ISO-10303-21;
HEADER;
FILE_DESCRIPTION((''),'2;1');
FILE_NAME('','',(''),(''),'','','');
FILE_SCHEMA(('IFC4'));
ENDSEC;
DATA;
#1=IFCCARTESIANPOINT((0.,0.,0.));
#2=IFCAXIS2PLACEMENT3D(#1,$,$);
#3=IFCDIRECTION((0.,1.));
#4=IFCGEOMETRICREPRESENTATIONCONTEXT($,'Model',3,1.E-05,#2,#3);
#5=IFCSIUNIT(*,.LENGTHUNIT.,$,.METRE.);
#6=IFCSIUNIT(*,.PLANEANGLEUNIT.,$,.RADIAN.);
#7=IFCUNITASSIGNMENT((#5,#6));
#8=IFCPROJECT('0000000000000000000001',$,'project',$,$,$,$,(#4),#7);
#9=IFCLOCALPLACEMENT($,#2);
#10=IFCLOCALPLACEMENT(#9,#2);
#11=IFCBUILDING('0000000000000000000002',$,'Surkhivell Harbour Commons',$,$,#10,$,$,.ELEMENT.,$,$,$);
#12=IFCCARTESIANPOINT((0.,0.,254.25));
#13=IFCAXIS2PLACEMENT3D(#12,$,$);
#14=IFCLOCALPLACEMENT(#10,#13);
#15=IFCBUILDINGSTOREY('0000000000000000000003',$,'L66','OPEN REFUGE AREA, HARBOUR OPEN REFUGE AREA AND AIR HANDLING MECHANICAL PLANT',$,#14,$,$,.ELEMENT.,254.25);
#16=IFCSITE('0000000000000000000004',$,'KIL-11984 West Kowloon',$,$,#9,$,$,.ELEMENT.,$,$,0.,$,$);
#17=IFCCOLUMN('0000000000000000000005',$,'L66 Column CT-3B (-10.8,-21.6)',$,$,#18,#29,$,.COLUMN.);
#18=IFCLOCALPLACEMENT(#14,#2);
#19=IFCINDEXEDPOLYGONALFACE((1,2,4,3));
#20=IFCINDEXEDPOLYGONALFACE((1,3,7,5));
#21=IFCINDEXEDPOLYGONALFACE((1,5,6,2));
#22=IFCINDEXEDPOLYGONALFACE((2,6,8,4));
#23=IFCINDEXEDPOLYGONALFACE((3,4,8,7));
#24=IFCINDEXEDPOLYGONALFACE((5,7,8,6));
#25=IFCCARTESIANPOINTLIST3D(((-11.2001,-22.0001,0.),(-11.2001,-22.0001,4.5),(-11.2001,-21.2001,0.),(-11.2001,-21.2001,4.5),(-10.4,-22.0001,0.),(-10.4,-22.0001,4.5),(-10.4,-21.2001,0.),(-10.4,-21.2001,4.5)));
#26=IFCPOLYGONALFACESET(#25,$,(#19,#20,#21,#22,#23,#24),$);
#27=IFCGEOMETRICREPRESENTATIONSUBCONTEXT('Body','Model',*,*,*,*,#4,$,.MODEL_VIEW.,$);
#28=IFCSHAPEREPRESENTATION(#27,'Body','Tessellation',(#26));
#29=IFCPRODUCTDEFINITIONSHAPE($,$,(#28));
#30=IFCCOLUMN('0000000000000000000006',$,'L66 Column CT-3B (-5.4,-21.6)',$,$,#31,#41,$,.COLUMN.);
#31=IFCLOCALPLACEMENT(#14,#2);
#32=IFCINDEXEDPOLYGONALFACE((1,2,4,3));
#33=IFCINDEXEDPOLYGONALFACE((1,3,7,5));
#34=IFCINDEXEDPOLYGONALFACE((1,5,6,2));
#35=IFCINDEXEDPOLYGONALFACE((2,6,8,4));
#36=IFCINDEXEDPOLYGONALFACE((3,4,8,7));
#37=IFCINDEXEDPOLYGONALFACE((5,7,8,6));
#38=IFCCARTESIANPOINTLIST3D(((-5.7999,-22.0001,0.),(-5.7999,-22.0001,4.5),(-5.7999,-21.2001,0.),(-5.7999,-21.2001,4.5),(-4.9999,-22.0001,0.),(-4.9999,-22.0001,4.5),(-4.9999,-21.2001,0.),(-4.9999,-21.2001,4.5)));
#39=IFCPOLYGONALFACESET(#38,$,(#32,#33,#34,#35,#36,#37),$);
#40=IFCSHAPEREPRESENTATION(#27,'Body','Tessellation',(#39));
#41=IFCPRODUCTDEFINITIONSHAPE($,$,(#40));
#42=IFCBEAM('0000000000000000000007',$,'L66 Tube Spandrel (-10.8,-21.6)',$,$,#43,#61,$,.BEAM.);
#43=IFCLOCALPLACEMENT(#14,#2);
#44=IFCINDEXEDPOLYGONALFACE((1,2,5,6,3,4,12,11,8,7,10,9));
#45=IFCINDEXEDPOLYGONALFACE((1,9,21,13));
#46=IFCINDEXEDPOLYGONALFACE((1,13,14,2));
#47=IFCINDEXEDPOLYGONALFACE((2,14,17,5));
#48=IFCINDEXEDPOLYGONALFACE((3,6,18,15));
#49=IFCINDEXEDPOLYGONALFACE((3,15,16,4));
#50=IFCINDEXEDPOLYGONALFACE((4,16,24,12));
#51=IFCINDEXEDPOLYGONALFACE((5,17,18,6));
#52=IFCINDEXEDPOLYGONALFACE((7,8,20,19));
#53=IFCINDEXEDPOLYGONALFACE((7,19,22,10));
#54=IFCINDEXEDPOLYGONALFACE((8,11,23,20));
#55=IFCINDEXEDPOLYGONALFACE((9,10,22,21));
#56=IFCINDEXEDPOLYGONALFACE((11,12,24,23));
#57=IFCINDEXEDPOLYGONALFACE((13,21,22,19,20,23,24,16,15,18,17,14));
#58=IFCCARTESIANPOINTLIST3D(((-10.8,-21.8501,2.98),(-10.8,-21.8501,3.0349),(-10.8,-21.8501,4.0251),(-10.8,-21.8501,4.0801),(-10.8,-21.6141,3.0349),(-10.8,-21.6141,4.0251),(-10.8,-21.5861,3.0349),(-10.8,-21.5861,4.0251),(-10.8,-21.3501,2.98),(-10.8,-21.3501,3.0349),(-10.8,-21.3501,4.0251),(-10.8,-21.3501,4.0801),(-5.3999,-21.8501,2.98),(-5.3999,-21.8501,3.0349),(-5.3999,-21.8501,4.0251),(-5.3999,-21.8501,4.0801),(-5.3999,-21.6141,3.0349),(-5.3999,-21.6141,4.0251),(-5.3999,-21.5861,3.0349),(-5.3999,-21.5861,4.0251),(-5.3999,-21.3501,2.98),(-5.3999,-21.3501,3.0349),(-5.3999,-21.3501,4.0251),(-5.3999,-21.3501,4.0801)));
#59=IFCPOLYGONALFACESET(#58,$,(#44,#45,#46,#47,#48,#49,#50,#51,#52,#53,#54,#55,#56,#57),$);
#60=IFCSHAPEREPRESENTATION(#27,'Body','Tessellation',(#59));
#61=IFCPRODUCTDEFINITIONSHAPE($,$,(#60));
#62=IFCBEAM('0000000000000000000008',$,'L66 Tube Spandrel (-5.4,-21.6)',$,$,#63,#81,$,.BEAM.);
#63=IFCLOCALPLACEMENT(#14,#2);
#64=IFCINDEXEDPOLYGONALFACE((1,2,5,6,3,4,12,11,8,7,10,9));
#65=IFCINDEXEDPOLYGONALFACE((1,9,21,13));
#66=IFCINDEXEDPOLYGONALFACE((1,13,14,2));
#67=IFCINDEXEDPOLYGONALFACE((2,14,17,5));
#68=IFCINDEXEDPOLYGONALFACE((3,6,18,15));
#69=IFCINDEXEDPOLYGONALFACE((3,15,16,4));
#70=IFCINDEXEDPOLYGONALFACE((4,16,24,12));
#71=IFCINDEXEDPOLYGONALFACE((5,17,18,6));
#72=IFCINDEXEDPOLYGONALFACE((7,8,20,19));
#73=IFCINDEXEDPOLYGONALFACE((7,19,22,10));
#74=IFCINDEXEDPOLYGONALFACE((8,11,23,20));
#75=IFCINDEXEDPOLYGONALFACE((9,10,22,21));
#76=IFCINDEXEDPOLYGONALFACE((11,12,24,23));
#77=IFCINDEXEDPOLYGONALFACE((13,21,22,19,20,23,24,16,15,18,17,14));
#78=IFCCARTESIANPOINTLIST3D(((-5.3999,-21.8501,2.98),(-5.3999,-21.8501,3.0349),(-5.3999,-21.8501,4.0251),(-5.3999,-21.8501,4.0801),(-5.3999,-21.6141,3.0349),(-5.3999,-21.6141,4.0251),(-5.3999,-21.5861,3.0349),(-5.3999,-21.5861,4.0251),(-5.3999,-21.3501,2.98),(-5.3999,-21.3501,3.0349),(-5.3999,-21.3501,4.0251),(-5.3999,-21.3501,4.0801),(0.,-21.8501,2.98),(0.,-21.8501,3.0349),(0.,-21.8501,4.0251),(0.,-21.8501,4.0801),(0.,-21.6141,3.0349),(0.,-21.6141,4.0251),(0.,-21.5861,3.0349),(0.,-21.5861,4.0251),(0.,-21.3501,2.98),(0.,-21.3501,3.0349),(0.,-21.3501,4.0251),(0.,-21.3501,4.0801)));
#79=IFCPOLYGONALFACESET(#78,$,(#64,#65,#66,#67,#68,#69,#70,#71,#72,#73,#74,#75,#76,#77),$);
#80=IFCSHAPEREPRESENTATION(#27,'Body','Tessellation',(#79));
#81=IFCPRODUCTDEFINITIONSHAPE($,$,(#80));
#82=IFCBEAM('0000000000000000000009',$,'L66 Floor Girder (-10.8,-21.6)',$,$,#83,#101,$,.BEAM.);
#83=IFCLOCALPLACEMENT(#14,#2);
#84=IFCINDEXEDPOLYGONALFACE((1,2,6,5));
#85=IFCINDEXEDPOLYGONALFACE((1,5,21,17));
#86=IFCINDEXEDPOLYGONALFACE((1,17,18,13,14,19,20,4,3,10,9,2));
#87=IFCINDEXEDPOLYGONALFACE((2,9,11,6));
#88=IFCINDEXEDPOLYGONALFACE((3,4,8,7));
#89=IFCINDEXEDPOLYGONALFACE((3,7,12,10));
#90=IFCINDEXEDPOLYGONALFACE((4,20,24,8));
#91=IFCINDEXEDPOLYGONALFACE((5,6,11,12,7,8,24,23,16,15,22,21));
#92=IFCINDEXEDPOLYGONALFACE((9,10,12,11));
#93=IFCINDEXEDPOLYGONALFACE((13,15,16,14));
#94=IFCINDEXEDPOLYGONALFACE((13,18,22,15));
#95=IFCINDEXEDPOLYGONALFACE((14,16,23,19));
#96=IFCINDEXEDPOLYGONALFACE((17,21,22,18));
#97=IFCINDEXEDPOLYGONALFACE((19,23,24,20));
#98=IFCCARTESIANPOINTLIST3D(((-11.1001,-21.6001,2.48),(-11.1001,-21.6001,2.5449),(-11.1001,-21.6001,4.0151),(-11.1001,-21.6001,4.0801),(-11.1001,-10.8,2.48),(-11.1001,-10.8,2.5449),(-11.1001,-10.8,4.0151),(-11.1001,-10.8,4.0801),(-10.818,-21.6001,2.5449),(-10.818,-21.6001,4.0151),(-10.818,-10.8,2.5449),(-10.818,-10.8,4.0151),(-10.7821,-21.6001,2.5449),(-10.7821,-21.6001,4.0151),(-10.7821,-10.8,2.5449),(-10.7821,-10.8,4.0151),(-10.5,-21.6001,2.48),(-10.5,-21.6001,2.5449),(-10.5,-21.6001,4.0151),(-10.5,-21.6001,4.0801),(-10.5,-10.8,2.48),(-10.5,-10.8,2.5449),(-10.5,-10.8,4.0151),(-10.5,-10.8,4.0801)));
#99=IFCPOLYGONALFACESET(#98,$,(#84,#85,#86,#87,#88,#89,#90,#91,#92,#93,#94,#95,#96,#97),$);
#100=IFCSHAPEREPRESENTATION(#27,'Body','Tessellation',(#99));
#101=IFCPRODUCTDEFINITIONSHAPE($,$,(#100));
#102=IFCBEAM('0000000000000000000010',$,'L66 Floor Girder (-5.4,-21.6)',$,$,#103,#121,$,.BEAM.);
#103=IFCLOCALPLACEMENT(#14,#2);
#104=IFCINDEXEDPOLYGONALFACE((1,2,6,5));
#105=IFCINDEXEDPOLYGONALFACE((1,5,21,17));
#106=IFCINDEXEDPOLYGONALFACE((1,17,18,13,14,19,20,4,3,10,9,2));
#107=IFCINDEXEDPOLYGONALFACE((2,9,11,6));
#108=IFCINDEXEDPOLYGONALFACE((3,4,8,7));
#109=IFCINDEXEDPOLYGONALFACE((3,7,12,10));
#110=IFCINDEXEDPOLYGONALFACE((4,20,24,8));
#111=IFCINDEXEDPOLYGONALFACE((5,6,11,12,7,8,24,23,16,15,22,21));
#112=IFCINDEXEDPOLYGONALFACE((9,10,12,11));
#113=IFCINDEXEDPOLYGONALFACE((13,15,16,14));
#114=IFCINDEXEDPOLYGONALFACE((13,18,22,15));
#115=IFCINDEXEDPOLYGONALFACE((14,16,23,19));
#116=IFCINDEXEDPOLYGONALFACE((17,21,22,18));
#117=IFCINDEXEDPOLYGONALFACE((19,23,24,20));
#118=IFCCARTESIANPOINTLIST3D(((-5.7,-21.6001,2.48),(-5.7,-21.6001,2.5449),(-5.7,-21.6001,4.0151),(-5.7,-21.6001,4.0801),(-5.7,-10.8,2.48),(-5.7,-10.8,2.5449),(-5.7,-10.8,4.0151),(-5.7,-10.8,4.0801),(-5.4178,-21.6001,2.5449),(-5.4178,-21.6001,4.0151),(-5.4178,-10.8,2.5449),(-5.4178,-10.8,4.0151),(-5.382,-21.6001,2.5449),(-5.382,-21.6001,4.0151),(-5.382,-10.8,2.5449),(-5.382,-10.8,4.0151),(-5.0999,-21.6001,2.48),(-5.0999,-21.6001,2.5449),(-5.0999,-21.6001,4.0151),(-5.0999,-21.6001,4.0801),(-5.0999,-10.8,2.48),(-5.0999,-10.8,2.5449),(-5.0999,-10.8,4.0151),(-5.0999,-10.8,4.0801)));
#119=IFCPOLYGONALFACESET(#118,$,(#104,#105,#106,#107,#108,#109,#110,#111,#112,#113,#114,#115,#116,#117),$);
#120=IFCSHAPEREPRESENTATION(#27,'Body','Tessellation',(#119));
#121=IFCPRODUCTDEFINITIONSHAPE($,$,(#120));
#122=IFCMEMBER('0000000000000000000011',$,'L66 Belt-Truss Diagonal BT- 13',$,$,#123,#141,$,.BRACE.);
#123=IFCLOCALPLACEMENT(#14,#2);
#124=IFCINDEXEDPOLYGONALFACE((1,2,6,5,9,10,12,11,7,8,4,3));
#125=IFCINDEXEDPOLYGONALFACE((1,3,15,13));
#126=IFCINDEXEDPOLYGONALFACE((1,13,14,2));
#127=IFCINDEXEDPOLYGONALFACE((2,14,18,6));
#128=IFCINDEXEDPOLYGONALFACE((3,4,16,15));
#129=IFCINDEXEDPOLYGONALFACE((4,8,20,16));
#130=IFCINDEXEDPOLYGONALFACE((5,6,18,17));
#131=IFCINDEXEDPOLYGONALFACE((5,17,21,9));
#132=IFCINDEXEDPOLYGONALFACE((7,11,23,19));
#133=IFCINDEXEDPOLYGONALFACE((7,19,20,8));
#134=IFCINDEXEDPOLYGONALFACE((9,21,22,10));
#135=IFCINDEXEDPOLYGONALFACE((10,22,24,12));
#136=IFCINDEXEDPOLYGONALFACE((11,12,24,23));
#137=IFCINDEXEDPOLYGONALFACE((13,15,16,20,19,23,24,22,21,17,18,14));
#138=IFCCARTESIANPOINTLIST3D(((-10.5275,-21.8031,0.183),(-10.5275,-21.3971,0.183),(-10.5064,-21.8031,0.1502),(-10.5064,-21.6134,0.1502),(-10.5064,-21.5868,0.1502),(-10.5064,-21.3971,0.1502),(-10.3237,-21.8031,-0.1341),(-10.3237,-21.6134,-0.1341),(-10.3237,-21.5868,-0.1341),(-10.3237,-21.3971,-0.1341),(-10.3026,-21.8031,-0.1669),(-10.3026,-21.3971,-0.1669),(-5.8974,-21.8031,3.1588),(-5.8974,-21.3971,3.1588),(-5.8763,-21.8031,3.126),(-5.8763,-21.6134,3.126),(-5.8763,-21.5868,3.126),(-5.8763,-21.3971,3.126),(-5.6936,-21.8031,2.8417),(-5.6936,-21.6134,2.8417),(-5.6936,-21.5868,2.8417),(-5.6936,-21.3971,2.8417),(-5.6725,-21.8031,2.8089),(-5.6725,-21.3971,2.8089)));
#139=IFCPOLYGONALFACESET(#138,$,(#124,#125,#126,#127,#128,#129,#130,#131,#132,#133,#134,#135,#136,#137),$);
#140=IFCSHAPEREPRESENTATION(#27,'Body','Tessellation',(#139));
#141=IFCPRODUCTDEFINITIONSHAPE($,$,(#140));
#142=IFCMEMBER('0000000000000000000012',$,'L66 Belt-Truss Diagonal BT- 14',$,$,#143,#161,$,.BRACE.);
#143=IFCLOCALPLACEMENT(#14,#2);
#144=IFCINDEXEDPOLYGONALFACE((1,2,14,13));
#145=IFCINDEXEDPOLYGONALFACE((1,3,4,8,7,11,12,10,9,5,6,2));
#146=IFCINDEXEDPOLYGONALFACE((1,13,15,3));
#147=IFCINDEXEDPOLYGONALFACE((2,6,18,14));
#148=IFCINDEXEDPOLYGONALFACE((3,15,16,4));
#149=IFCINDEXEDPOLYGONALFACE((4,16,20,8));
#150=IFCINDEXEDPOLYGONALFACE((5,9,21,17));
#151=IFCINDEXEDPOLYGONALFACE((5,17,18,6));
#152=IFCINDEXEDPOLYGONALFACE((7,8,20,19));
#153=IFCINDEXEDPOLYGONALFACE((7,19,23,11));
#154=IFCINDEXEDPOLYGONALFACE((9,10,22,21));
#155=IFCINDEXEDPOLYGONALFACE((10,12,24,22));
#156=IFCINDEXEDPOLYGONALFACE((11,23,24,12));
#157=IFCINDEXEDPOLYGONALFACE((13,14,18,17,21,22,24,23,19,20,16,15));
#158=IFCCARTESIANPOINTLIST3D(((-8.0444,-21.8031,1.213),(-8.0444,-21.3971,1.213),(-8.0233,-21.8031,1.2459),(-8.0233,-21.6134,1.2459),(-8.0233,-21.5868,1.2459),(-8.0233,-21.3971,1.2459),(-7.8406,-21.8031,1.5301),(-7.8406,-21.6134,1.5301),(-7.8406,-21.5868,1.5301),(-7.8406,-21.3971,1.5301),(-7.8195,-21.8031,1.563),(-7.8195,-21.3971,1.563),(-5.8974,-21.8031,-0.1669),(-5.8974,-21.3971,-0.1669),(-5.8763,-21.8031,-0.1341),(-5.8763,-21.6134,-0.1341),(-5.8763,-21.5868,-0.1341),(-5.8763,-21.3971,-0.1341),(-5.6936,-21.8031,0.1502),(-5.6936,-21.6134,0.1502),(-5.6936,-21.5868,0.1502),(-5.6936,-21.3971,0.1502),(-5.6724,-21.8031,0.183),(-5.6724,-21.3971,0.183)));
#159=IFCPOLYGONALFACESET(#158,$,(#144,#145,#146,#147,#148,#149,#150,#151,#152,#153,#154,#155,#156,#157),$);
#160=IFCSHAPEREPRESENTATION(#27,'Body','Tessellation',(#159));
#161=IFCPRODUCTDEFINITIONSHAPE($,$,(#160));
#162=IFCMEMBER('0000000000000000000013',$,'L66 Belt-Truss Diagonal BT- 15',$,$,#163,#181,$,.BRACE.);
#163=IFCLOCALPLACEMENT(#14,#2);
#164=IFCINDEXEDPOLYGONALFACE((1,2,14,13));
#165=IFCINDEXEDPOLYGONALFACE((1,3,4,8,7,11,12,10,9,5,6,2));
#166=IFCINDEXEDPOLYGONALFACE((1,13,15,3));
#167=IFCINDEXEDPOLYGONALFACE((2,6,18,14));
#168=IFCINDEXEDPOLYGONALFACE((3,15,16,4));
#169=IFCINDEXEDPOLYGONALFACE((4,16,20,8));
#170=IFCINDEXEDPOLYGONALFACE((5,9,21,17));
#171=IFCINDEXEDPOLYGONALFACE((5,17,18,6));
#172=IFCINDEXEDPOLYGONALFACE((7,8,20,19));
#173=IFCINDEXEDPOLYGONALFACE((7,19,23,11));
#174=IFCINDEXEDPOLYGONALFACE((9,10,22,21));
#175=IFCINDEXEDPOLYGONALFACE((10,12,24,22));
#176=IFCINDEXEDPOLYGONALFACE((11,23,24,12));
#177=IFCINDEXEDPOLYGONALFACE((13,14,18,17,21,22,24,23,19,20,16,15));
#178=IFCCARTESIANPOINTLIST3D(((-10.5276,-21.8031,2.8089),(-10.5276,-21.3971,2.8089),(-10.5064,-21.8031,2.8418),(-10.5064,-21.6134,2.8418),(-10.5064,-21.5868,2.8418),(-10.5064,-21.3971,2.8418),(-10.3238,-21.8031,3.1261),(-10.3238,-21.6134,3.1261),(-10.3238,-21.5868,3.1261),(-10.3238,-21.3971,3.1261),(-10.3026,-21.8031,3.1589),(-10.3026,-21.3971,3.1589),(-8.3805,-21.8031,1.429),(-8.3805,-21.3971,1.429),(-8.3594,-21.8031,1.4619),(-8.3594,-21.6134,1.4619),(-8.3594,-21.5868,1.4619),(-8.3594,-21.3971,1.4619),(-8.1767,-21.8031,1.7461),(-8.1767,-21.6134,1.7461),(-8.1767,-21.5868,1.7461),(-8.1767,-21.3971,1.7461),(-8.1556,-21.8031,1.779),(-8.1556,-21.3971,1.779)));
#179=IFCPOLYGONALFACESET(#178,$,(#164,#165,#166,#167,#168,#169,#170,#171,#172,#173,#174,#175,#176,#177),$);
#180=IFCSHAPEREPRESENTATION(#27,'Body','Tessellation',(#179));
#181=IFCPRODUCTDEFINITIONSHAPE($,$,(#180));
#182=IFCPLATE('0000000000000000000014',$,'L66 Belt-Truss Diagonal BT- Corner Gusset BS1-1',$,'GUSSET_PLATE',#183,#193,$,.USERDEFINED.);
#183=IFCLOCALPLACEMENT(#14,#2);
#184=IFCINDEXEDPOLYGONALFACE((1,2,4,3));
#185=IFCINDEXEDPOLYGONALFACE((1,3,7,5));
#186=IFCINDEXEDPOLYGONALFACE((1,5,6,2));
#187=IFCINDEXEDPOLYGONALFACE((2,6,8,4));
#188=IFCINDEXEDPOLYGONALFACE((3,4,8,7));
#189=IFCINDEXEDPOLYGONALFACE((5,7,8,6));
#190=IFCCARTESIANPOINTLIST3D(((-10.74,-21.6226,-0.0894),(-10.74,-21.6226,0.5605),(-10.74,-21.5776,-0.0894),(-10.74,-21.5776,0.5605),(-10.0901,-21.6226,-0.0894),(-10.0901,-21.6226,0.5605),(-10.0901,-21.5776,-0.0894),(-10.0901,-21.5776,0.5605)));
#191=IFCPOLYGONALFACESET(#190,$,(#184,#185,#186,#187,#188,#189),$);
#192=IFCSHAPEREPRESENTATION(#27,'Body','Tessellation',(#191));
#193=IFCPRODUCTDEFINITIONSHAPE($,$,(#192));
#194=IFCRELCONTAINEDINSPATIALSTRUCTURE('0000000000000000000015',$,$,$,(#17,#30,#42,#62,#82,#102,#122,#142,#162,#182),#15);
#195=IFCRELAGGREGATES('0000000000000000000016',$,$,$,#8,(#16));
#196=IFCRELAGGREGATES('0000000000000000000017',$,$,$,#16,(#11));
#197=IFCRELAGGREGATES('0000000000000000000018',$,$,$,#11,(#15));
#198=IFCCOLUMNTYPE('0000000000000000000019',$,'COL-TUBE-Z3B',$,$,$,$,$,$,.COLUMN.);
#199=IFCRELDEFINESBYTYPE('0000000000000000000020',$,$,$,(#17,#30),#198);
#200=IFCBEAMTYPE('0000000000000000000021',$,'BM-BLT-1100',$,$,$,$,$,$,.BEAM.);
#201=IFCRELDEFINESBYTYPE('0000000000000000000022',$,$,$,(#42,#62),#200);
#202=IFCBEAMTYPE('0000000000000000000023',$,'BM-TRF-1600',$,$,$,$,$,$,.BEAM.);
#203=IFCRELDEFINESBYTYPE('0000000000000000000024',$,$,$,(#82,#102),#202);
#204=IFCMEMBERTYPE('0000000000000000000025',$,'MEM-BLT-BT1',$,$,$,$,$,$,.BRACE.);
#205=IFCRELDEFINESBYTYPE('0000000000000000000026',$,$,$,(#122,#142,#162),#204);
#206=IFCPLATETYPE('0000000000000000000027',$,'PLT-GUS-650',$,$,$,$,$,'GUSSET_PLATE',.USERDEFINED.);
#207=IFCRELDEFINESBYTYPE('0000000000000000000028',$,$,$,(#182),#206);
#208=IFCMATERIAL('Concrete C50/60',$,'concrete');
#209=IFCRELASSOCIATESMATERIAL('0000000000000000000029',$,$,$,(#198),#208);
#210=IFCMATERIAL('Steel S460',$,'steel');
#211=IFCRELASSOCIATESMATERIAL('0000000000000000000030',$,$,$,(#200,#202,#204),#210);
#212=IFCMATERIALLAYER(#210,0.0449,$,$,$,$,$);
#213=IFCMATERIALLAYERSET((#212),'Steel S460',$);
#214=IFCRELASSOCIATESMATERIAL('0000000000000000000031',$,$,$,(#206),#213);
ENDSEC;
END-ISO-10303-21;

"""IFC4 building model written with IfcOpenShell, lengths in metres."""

from ifc_helpers import new_model, si_unit, direction, frame, origin, origin_2d, place, context, subcontext, project, spatial, rectangle, i_section, extrude, material, layer, layer_set, material_profile, profile_set, type_object, element, save


model = new_model("IFC4")

# Units and contexts
model_context = context("Model", 3, precision=1e-05, world=origin(), true_north=direction((0.0, 1.0)))
body_context = subcontext(model_context, "Body", "Model", "MODEL_VIEW")
ifc_project = project(units=[si_unit("LENGTHUNIT", "METRE"), si_unit("PLANEANGLEUNIT", "RADIAN")], contexts=[model_context])

# Site, building, storey
site_placement = place(None, origin())
site = spatial("IfcSite", under=ifc_project, at=site_placement, Name="KIL-11984 West Kowloon", CompositionType="ELEMENT", RefElevation=0.0)
building_placement = place(site_placement, origin())
building = spatial("IfcBuilding", under=site, at=building_placement, Name="Surkhivell Harbour Commons", CompositionType="ELEMENT")
storey_placement = place(building_placement, frame((0.0, 0.0, 254.25)))
storey = spatial("IfcBuildingStorey", under=building, at=storey_placement, Name="L66", Description="OPEN REFUGE AREA, HARBOUR OPEN REFUGE AREA AND AIR HANDLING MECHANICAL PLANT", CompositionType="ELEMENT", Elevation=254.25)

# Columns
ifc_material_1 = material(Name="Concrete C50/60", Category="concrete")
ifc_material_profile_1 = material_profile(ifc_material_1, rectangle(XDim=0.8, YDim=0.8, at=origin_2d()), Name="RC-COL-800x800")
ifc_profile_set_1 = profile_set([ifc_material_profile_1], Name="Concrete C50/60")
column_type = type_object("IfcColumnType", Name="COL-TUBE-Z3B", PredefinedType="COLUMN", material=ifc_profile_set_1)
for number, where, z_axis, x_axis, name in (
    (1, (-10.8, -21.6001, 0.0), (0.0, 0.0, 1.0), (1.0, 0.0, 0.0), "L66 Column CT-3B (-10.8,-21.6)"),
    (2, (-5.3999, -21.6001, 0.0), (0.0, 0.0, 1.0), (1.0, 0.0, 0.0), "L66 Column CT-3B (-5.4,-21.6)"),
):
    element("IfcColumn", number, at=place(storey_placement, frame(where, z_axis=z_axis, x_axis=x_axis)), inside=storey, type_object=column_type, Name=name, PredefinedType="COLUMN", context=body_context, shape_type="SweptSolid", body=[
        extrude(rectangle(XDim=0.8, YDim=0.8, at=origin_2d()), origin(), (0.0, 0.0, 1.0), 4.5),
    ])

# Beams
ifc_material_2 = material(Name="Steel S460", Category="steel")
ifc_material_profile_2 = material_profile(ifc_material_2, i_section(OverallWidth=0.5, OverallDepth=1.1001, WebThickness=0.0281, FlangeThickness=0.0549, at=origin_2d()), Name="WPG1100x500x210")
ifc_profile_set_2 = profile_set([ifc_material_profile_2], Name="Steel S460")
beam_type_1 = type_object("IfcBeamType", Name="BM-BLT-1100", PredefinedType="BEAM", material=ifc_profile_set_2)
beam_1_placement = place(storey_placement, frame((-10.8, -21.6001, 3.53), z_axis=(1.0, 0.0, 0.0), x_axis=(0.0, 1.0, 0.0)))
element("IfcBeam", 3, at=beam_1_placement, inside=storey, type_object=beam_type_1, Name="L66 Tube Spandrel (-10.8,-21.6)", PredefinedType="BEAM", context=body_context, shape_type="SweptSolid", body=[
    extrude(i_section(OverallWidth=0.5, OverallDepth=1.1001, WebThickness=0.0281, FlangeThickness=0.0549, at=origin_2d()), origin(), (0.0, 0.0, 1.0), 5.4001),
])
beam_2_placement = place(storey_placement, frame((-5.3999, -21.6001, 3.53), z_axis=(1.0, 0.0, 0.0), x_axis=(0.0, 1.0, 0.0)))
element("IfcBeam", 4, at=beam_2_placement, inside=storey, type_object=beam_type_1, Name="L66 Tube Spandrel (-5.4,-21.6)", PredefinedType="BEAM", context=body_context, shape_type="SweptSolid", body=[
    extrude(i_section(OverallWidth=0.5, OverallDepth=1.1001, WebThickness=0.0281, FlangeThickness=0.0549, at=origin_2d()), origin(), (0.0, 0.0, 1.0), 5.3999),
])
ifc_material_profile_3 = material_profile(ifc_material_2, i_section(OverallWidth=0.6001, OverallDepth=1.6001, WebThickness=0.0359, FlangeThickness=0.0649, at=origin_2d()), Name="WPG1600x600x296")
ifc_profile_set_3 = profile_set([ifc_material_profile_3], Name="Steel S460")
beam_type_2 = type_object("IfcBeamType", Name="BM-TRF-1600", PredefinedType="BEAM", material=ifc_profile_set_3)
for number, where, z_axis, x_axis, name in (
    (5, (-10.8, -21.6001, 3.28), (0.0, 1.0, 0.0), (-1.0, 0.0, 0.0), "L66 Floor Girder (-10.8,-21.6)"),
    (6, (-5.3999, -21.6001, 3.28), (0.0, 1.0, 0.0), (-1.0, 0.0, 0.0), "L66 Floor Girder (-5.4,-21.6)"),
):
    element("IfcBeam", number, at=place(storey_placement, frame(where, z_axis=z_axis, x_axis=x_axis)), inside=storey, type_object=beam_type_2, Name=name, PredefinedType="BEAM", context=body_context, shape_type="SweptSolid", body=[
        extrude(i_section(OverallWidth=0.6001, OverallDepth=1.6001, WebThickness=0.0359, FlangeThickness=0.0649, at=origin_2d()), origin(), (0.0, 0.0, 1.0), 10.8),
    ])

# Members
ifc_material_profile_4 = material_profile(ifc_material_2, i_section(OverallWidth=0.406, OverallDepth=0.416, WebThickness=0.0266, FlangeThickness=0.0391, at=origin_2d()), Name="HD400x382")
ifc_profile_set_4 = profile_set([ifc_material_profile_4], Name="Steel S460")
member_type = type_object("IfcMemberType", Name="MEM-BLT-BT1", PredefinedType="BRACE", material=ifc_profile_set_4)
member_placement = place(storey_placement, frame((-10.415, -21.6001, 0.0081), z_axis=(0.841235, 0.0, 0.54067), x_axis=(0.0, 1.0, 0.0)))
element("IfcMember", 7, at=member_placement, inside=storey, type_object=member_type, Name="L66 Belt-Truss Diagonal BT- 13", PredefinedType="BRACE", context=body_context, shape_type="SweptSolid", body=[
    extrude(i_section(OverallWidth=0.406, OverallDepth=0.416, WebThickness=0.0266, FlangeThickness=0.0391, at=origin_2d()), origin(), (0.0, 0.0, 1.0), 5.5039),
])
for number, where, z_axis, x_axis, name in (
    (8, (-5.7849, -21.6001, 0.0081), (-0.841234, 0.0, 0.540671), (0.0, -1.0, 0.0), "L66 Belt-Truss Diagonal BT- 14"),
    (9, (-8.2681, -21.6001, 1.604), (-0.841234, 0.0, 0.540671), (0.0, -1.0, 0.0), "L66 Belt-Truss Diagonal BT- 15"),
):
    element("IfcMember", number, at=place(storey_placement, frame(where, z_axis=z_axis, x_axis=x_axis)), inside=storey, type_object=member_type, Name=name, PredefinedType="BRACE", context=body_context, shape_type="SweptSolid", body=[
        extrude(i_section(OverallWidth=0.406, OverallDepth=0.416, WebThickness=0.0266, FlangeThickness=0.0391, at=origin_2d()), origin(), (0.0, 0.0, 1.0), 2.5522),
    ])

# Plate
ifc_layer_1 = layer(ifc_material_2, 0.0449)
ifc_layer_set_1 = layer_set([ifc_layer_1], Name="Steel S460")
plate_type = type_object("IfcPlateType", Name="PLT-GUS-650", ElementType="GUSSET_PLATE", PredefinedType="USERDEFINED", material=ifc_layer_set_1)
for number, where, z_axis, x_axis, name in (
    (10, (-10.415, -21.6001, -0.0894), (0.0, 0.0, 1.0), (1.0, 0.0, 0.0), "L66 Belt-Truss Diagonal BT- Corner Gusset BS1-1"),
):
    element("IfcPlate", number, at=place(storey_placement, frame(where, z_axis=z_axis, x_axis=x_axis)), inside=storey, type_object=plate_type, Name=name, ObjectType="GUSSET_PLATE", PredefinedType="USERDEFINED", context=body_context, shape_type="SweptSolid", body=[
        extrude(rectangle(XDim=0.6499, YDim=0.0449, at=origin_2d()), origin(), (0.0, 0.0, 1.0), 0.6499),
    ])

save(model, "model.ifc")
